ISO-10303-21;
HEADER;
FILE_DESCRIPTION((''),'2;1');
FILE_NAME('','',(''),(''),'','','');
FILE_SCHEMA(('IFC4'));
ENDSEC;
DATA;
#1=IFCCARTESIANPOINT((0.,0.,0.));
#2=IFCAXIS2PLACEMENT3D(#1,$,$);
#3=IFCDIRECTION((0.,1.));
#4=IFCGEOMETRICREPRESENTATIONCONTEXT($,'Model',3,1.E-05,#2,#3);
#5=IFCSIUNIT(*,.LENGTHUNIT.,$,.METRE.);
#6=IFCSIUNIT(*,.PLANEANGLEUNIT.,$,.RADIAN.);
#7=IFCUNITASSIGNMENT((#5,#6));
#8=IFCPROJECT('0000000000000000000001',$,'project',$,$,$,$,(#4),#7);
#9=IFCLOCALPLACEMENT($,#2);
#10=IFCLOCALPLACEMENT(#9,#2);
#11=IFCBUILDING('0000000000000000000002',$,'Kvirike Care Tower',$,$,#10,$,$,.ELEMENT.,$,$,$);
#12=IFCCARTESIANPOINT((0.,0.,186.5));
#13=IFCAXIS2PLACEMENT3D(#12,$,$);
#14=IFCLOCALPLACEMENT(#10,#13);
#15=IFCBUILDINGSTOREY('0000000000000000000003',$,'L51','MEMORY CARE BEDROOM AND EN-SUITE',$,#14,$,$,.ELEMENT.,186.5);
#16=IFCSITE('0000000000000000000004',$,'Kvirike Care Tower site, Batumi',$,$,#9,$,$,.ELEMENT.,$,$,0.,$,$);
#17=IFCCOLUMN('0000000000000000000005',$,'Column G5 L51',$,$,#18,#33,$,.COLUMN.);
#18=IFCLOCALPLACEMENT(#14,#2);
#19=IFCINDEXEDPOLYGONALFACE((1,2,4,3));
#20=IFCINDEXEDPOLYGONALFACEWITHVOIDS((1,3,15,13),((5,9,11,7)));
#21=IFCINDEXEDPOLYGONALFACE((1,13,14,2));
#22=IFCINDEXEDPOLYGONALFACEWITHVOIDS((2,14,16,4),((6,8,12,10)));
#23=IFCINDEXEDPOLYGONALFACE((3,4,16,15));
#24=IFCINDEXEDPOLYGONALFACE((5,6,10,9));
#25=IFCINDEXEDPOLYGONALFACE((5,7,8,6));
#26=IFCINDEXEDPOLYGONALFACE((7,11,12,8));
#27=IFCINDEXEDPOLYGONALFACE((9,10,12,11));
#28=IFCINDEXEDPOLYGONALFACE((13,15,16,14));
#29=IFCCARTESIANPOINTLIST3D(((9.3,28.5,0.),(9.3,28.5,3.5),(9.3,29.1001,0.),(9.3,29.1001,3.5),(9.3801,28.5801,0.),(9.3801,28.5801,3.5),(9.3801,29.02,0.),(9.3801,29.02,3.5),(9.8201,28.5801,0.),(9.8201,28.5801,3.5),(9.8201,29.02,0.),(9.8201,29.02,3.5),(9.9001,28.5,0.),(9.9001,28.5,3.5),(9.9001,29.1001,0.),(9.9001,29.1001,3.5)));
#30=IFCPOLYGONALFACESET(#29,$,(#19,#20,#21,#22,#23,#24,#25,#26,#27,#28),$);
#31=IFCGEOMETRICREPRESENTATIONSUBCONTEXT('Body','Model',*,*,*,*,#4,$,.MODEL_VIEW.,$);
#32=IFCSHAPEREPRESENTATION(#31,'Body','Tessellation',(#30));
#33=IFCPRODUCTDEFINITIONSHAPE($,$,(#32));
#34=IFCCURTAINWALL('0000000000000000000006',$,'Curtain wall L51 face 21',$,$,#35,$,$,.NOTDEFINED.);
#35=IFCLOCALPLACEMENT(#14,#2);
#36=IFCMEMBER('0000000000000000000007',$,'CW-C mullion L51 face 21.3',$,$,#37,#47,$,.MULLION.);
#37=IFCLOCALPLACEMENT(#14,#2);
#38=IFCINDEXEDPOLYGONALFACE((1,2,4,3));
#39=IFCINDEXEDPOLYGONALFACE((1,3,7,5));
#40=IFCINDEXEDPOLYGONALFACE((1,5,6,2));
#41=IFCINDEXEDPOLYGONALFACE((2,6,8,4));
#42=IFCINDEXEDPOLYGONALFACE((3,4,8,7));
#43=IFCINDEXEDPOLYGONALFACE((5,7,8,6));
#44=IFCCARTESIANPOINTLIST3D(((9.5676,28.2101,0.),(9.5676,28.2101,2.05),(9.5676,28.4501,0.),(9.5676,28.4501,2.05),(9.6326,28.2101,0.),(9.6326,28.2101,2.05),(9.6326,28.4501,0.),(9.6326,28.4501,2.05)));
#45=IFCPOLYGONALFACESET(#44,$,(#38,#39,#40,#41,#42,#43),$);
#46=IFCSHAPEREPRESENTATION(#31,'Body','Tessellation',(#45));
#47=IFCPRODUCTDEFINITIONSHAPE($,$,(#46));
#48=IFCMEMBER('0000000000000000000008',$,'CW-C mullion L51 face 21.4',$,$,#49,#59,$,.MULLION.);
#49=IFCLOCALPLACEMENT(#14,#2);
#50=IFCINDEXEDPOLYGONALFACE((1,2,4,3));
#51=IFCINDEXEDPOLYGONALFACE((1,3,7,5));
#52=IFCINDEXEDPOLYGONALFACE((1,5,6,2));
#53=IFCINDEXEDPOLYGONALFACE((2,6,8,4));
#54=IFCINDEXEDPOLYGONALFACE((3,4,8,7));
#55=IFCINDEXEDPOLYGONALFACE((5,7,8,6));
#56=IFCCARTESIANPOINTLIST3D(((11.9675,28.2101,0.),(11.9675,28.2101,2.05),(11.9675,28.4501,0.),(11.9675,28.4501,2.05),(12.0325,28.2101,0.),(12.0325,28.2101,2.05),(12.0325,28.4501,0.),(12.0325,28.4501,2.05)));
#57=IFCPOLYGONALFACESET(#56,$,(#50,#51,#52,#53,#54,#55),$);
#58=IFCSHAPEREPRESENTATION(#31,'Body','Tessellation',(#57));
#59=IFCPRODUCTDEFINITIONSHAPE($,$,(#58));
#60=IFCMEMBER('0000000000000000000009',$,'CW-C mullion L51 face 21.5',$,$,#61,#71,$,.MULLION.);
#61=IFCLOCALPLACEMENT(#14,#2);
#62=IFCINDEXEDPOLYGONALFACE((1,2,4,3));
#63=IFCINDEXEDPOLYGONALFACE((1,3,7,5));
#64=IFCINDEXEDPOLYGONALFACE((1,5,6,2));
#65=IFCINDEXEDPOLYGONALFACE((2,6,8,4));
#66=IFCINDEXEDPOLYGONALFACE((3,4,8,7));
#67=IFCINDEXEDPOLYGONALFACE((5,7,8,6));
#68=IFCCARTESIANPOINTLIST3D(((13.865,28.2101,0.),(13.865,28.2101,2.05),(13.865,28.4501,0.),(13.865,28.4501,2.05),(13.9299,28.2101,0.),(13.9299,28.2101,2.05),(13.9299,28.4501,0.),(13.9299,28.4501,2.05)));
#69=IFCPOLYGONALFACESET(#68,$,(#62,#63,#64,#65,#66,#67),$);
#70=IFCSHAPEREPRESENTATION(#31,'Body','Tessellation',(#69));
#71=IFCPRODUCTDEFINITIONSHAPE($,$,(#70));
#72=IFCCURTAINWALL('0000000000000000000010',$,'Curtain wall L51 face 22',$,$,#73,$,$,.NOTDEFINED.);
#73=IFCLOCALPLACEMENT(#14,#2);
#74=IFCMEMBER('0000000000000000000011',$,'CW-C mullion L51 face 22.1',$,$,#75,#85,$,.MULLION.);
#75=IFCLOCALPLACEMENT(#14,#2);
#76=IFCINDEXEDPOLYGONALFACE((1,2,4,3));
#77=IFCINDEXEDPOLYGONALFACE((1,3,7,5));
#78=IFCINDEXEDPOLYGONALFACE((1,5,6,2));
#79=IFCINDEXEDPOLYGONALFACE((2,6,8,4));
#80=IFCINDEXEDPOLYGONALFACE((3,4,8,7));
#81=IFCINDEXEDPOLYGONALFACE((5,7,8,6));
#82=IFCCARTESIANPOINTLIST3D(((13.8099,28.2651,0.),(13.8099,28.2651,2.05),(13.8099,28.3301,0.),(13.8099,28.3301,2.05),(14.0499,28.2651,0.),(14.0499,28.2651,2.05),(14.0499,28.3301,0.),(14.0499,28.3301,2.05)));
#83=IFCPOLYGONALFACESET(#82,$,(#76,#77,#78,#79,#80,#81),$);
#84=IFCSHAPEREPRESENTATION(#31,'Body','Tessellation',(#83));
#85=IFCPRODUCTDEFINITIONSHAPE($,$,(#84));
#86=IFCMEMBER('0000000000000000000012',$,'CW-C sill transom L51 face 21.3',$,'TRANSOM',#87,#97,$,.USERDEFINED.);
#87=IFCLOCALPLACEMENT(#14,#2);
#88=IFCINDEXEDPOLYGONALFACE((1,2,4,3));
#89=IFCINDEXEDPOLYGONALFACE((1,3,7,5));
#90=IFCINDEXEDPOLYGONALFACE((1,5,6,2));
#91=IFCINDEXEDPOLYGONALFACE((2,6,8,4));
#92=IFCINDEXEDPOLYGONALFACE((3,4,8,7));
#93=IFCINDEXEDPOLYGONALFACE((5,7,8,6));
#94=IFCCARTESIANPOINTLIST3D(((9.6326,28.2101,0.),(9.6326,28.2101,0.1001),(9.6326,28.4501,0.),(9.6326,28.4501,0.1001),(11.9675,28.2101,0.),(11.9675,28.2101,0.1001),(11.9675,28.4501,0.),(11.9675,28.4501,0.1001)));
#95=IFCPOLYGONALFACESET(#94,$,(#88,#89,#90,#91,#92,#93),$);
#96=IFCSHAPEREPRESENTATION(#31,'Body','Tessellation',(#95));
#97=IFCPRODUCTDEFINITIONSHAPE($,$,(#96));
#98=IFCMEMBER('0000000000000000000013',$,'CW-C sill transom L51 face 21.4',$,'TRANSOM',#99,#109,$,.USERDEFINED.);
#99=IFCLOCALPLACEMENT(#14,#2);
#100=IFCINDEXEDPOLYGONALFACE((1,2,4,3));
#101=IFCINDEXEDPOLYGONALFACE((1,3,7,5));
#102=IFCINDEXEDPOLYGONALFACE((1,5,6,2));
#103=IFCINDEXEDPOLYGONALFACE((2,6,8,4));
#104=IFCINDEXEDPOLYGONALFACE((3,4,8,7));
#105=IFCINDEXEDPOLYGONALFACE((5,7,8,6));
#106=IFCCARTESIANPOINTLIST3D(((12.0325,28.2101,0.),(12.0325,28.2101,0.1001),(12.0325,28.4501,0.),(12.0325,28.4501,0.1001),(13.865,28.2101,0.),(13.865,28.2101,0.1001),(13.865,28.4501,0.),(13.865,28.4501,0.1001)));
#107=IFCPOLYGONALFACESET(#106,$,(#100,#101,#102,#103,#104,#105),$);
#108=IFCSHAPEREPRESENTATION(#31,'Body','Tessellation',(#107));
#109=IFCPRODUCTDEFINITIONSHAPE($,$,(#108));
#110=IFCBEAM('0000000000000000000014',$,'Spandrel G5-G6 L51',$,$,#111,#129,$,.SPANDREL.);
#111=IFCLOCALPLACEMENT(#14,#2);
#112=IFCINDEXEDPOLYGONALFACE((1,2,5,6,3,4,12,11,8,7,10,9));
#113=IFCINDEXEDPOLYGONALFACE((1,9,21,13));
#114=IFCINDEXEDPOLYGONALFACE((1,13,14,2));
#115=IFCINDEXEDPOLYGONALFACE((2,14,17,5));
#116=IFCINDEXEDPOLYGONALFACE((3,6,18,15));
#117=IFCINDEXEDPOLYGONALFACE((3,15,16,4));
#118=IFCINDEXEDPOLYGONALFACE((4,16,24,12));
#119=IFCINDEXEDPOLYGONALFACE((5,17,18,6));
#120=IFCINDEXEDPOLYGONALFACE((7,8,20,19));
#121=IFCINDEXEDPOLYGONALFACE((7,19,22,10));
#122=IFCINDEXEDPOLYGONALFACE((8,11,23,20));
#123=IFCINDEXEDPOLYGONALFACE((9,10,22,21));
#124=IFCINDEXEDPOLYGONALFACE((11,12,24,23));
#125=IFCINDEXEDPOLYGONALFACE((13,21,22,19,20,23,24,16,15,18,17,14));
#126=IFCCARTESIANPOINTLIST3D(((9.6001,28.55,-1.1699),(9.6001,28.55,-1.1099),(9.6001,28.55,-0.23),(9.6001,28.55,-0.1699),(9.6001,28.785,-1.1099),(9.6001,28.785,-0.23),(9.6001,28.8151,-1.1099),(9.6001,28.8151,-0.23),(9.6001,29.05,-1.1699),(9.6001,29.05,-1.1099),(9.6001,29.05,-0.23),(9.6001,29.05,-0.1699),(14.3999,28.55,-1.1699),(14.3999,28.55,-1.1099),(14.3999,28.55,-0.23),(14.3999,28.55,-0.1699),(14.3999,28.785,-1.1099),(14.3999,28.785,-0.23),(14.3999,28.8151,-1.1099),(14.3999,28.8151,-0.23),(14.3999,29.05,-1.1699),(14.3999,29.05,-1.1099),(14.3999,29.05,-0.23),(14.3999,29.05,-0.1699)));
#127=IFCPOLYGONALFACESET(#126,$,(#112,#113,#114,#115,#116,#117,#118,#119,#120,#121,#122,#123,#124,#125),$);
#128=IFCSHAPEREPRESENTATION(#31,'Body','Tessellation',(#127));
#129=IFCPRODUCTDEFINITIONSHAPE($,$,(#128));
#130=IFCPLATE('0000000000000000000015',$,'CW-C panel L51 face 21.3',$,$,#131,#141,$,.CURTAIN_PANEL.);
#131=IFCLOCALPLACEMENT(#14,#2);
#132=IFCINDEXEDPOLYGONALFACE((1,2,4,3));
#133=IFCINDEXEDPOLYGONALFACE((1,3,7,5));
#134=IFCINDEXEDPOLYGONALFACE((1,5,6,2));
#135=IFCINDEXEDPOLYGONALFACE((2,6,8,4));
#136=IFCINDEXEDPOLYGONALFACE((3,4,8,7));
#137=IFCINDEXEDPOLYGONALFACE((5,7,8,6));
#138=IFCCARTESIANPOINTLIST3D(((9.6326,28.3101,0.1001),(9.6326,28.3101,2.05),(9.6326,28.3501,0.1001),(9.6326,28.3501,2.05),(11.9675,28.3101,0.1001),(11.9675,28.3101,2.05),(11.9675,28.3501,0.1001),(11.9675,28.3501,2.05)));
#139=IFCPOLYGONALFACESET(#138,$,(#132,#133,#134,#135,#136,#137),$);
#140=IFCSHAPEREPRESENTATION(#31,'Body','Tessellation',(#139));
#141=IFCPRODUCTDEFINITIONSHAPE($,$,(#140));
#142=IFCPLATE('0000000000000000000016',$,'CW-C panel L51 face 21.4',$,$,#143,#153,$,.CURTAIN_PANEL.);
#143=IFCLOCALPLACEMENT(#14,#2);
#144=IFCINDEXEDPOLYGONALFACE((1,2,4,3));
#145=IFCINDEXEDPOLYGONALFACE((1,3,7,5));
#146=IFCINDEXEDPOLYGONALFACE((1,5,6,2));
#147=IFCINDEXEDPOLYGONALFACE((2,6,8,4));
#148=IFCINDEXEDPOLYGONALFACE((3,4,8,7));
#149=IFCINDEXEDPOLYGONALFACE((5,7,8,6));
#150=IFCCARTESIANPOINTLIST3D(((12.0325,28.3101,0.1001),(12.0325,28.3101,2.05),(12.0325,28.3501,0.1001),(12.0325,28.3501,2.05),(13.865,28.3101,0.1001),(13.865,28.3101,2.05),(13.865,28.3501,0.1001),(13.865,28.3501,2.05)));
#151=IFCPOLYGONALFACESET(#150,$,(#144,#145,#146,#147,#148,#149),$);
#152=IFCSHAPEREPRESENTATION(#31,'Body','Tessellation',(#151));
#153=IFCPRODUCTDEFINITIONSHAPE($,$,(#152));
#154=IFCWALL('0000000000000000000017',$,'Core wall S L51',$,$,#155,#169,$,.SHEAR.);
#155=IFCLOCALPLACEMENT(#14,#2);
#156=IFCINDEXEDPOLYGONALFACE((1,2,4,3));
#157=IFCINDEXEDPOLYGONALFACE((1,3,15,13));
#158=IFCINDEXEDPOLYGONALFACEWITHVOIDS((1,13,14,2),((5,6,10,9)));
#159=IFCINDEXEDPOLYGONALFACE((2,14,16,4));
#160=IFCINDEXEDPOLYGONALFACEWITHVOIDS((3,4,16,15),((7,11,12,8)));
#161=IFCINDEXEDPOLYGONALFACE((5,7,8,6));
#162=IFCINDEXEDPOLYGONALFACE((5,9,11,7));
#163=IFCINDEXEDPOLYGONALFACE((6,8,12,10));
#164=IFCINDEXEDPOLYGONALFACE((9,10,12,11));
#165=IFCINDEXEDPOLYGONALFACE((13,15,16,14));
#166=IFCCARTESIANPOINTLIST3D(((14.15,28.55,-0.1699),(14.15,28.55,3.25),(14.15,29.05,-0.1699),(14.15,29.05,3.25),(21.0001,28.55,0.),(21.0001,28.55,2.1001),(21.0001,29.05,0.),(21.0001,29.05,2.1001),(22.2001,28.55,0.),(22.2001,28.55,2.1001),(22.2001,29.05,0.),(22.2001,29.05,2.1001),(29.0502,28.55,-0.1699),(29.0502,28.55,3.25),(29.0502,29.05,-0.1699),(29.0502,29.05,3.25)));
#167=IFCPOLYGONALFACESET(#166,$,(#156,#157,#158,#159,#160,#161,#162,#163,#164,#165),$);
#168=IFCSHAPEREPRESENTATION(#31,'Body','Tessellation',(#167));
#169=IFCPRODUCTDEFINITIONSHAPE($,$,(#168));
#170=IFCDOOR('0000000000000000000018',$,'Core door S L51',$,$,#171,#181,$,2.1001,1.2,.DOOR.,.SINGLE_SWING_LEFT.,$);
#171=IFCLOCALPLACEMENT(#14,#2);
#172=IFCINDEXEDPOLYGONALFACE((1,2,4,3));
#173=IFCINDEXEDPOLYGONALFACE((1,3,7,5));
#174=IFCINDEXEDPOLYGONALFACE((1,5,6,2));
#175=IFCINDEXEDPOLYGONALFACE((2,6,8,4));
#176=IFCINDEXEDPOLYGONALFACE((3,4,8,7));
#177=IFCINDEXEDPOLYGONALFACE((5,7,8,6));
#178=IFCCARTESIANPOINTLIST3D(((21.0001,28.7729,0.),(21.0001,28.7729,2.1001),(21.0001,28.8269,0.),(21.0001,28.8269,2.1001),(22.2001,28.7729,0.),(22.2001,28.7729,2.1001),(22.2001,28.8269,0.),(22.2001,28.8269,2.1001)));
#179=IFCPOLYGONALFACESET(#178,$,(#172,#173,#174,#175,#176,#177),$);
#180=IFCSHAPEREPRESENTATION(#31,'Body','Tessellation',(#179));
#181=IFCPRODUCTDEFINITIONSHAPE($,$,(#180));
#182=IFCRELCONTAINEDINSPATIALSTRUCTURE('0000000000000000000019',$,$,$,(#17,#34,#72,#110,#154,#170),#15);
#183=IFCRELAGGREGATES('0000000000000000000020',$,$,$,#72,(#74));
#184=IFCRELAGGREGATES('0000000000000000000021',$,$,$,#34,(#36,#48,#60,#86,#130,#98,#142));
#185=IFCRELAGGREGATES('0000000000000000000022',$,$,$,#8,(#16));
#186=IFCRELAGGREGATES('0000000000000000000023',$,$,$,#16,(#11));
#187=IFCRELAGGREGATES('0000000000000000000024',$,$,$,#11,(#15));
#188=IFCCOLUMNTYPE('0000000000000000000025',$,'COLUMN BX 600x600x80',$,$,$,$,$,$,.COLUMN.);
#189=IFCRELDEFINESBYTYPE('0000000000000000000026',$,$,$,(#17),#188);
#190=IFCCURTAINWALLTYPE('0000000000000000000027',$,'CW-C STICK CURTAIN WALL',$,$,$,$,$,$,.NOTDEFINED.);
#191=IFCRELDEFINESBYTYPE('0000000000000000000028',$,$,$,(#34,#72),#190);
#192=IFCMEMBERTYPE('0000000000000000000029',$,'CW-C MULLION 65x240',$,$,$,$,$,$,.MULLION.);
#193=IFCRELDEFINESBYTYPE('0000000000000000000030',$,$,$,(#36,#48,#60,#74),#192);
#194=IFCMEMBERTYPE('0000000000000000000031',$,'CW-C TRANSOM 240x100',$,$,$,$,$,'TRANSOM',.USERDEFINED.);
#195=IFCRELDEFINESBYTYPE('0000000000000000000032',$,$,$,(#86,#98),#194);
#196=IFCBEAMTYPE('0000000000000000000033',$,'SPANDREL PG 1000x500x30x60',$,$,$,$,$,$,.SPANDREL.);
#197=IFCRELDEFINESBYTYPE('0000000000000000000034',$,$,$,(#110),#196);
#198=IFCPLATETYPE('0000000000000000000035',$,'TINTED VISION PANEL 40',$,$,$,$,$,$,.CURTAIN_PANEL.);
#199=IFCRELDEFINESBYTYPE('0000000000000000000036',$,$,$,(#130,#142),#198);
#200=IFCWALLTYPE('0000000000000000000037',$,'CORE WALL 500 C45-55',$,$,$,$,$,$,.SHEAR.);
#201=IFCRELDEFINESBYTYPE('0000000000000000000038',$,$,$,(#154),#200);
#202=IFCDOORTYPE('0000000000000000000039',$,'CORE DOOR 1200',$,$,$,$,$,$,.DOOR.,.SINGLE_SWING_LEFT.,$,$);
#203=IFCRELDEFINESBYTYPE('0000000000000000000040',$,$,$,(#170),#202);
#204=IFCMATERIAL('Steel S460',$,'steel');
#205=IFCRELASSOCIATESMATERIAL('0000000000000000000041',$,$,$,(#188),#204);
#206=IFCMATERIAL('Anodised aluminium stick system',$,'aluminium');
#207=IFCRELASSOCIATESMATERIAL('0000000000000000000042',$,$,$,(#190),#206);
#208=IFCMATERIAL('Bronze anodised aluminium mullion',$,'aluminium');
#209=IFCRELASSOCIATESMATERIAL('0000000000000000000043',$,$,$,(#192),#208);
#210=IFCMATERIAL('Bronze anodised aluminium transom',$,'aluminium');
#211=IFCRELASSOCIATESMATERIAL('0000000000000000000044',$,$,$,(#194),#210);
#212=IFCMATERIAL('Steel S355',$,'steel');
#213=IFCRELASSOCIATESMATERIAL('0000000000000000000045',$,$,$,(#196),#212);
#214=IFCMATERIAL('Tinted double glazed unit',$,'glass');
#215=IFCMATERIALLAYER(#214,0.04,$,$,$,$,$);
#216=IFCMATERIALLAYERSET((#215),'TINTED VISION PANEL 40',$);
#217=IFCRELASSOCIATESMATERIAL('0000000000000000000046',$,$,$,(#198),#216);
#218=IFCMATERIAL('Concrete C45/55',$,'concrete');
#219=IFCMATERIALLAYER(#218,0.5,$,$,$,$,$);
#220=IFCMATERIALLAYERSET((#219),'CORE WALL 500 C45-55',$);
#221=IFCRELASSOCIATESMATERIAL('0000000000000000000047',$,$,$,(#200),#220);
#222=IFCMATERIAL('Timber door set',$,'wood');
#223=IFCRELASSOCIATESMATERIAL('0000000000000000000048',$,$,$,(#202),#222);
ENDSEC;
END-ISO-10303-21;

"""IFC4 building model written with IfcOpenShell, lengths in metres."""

from ifc_helpers import new_model, si_unit, direction, frame, frame_2d, origin, origin_2d, place, context, subcontext, project, spatial, rectangle, hollow_rectangle, i_section, extrude, material, layer, layer_set, material_profile, profile_set, type_object, element, fill, aggregate, save


model = new_model("IFC4")

# Units and contexts
model_context = context("Model", 3, precision=1e-05, world=origin(), true_north=direction((0.0, 1.0)))
body_context = subcontext(model_context, "Body", "Model", "MODEL_VIEW")
ifc_project = project(units=[si_unit("LENGTHUNIT", "METRE"), si_unit("PLANEANGLEUNIT", "RADIAN")], contexts=[model_context])

# Site, building, storey
site_placement = place(None, origin())
site = spatial("IfcSite", under=ifc_project, at=site_placement, Name="Kvirike Care Tower site, Batumi", CompositionType="ELEMENT", RefElevation=0.0)
building_placement = place(site_placement, origin())
building = spatial("IfcBuilding", under=site, at=building_placement, Name="Kvirike Care Tower", CompositionType="ELEMENT")
storey_placement = place(building_placement, frame((0.0, 0.0, 186.5)))
storey = spatial("IfcBuildingStorey", under=building, at=storey_placement, Name="L51", Description="MEMORY CARE BEDROOM AND EN-SUITE", CompositionType="ELEMENT", Elevation=186.5)

# Column
ifc_material_1 = material(Name="Steel S460", Category="steel")
ifc_material_profile_1 = material_profile(ifc_material_1, hollow_rectangle(XDim=0.6001, YDim=0.6001, WallThickness=0.0801, at=origin_2d()), Name="BX 600x600x80")
ifc_profile_set_1 = profile_set([ifc_material_profile_1], Name="Steel S460")
column_type = type_object("IfcColumnType", Name="COLUMN BX 600x600x80", PredefinedType="COLUMN", material=ifc_profile_set_1)
column_placement = place(storey_placement, frame((9.6001, 28.8, 0.0), z_axis=(0.0, 0.0, 1.0), x_axis=(0.0, 1.0, 0.0)))
element("IfcColumn", 1, at=column_placement, inside=storey, type_object=column_type, Name="Column G5 L51", PredefinedType="COLUMN", context=body_context, shape_type="SweptSolid", body=[
    extrude(hollow_rectangle(XDim=0.6001, YDim=0.6001, WallThickness=0.0801, at=origin_2d()), origin(), (0.0, 0.0, 1.0), 3.5),
])

# Curtain wall, members
ifc_material_2 = material(Name="Anodised aluminium stick system", Category="aluminium")
curtain_wall_type = type_object("IfcCurtainWallType", Name="CW-C STICK CURTAIN WALL", PredefinedType="NOTDEFINED", material=ifc_material_2)
curtain_wall_1_placement = place(storey_placement, origin())
curtain_wall_1 = element("IfcCurtainWall", 2, at=curtain_wall_1_placement, inside=storey, type_object=curtain_wall_type, Name="Curtain wall L51 face 21", PredefinedType="NOTDEFINED")
ifc_material_3 = material(Name="Bronze anodised aluminium mullion", Category="aluminium")
ifc_material_profile_2 = material_profile(ifc_material_3, rectangle(XDim=0.0649, YDim=0.24, at=origin_2d()), Name="CW-C MULLION 65x240")
ifc_profile_set_2 = profile_set([ifc_material_profile_2], Name="Bronze anodised aluminium mullion")
member_type_1 = type_object("IfcMemberType", Name="CW-C MULLION 65x240", PredefinedType="MULLION", material=ifc_profile_set_2)
member_1_placement = place(storey_placement, frame((9.6001, 28.3301, 0.0), z_axis=(0.0, 0.0, 1.0), x_axis=(1.0, 0.0, 0.0)))
member_1 = element("IfcMember", 3, at=member_1_placement, type_object=member_type_1, Name="CW-C mullion L51 face 21.3", PredefinedType="MULLION", context=body_context, shape_type="SweptSolid", body=[
    extrude(rectangle(XDim=0.0649, YDim=0.24, at=origin_2d()), origin(), (0.0, 0.0, 1.0), 2.05),
])
member_2_placement = place(storey_placement, frame((12.0, 28.3301, 0.0), z_axis=(0.0, 0.0, 1.0), x_axis=(1.0, 0.0, 0.0)))
member_2 = element("IfcMember", 4, at=member_2_placement, type_object=member_type_1, Name="CW-C mullion L51 face 21.4", PredefinedType="MULLION", context=body_context, shape_type="SweptSolid", body=[
    extrude(rectangle(XDim=0.0649, YDim=0.24, at=origin_2d()), origin(), (0.0, 0.0, 1.0), 2.05),
])
member_3_placement = place(storey_placement, frame((13.8975, 28.3301, 0.0), z_axis=(0.0, 0.0, 1.0), x_axis=(1.0, 0.0, 0.0)))
member_3 = element("IfcMember", 5, at=member_3_placement, type_object=member_type_1, Name="CW-C mullion L51 face 21.5", PredefinedType="MULLION", context=body_context, shape_type="SweptSolid", body=[
    extrude(rectangle(XDim=0.0649, YDim=0.24, at=origin_2d()), origin(), (0.0, 0.0, 1.0), 2.05),
])

# Curtain wall, member
curtain_wall_2_placement = place(storey_placement, origin())
curtain_wall_2 = element("IfcCurtainWall", 6, at=curtain_wall_2_placement, inside=storey, type_object=curtain_wall_type, Name="Curtain wall L51 face 22", PredefinedType="NOTDEFINED")
member_4_placement = place(storey_placement, frame((13.9299, 28.2976, 0.0), z_axis=(0.0, 0.0, 1.0), x_axis=(0.0, -1.0, 0.0)))
member_4 = element("IfcMember", 7, at=member_4_placement, type_object=member_type_1, Name="CW-C mullion L51 face 22.1", PredefinedType="MULLION", context=body_context, shape_type="SweptSolid", body=[
    extrude(rectangle(XDim=0.0649, YDim=0.24, at=origin_2d()), origin(), (0.0, 0.0, 1.0), 2.05),
])
aggregate(curtain_wall_2, [member_4])

# Members
ifc_material_4 = material(Name="Bronze anodised aluminium transom", Category="aluminium")
ifc_material_profile_3 = material_profile(ifc_material_4, rectangle(XDim=0.24, YDim=0.1001, at=origin_2d()), Name="CW-C TRANSOM 240x100")
ifc_profile_set_3 = profile_set([ifc_material_profile_3], Name="Bronze anodised aluminium transom")
member_type_2 = type_object("IfcMemberType", Name="CW-C TRANSOM 240x100", ElementType="TRANSOM", PredefinedType="USERDEFINED", material=ifc_profile_set_3)
member_5_placement = place(storey_placement, frame((9.6326, 28.3301, 0.05), z_axis=(1.0, 0.0, 0.0), x_axis=(0.0, 1.0, 0.0)))
member_5 = element("IfcMember", 8, at=member_5_placement, type_object=member_type_2, Name="CW-C sill transom L51 face 21.3", ObjectType="TRANSOM", PredefinedType="USERDEFINED", context=body_context, shape_type="SweptSolid", body=[
    extrude(rectangle(XDim=0.24, YDim=0.1001, at=origin_2d()), origin(), (0.0, 0.0, 1.0), 2.335),
])
member_6_placement = place(storey_placement, frame((12.0325, 28.3301, 0.05), z_axis=(1.0, 0.0, 0.0), x_axis=(0.0, 1.0, 0.0)))
member_6 = element("IfcMember", 9, at=member_6_placement, type_object=member_type_2, Name="CW-C sill transom L51 face 21.4", ObjectType="TRANSOM", PredefinedType="USERDEFINED", context=body_context, shape_type="SweptSolid", body=[
    extrude(rectangle(XDim=0.24, YDim=0.1001, at=origin_2d()), origin(), (0.0, 0.0, 1.0), 1.8325),
])

# Beam
ifc_material_5 = material(Name="Steel S355", Category="steel")
ifc_material_profile_4 = material_profile(ifc_material_5, i_section(OverallWidth=0.5, OverallDepth=1.0, WebThickness=0.03, FlangeThickness=0.0601, at=origin_2d()), Name="PG 1000x500x30x60")
ifc_profile_set_4 = profile_set([ifc_material_profile_4], Name="Steel S355")
beam_type = type_object("IfcBeamType", Name="SPANDREL PG 1000x500x30x60", PredefinedType="SPANDREL", material=ifc_profile_set_4)
beam_placement = place(storey_placement, frame((9.6001, 28.8, -0.6699), z_axis=(1.0, 0.0, 0.0), x_axis=(0.0, 1.0, 0.0)))
element("IfcBeam", 10, at=beam_placement, inside=storey, type_object=beam_type, Name="Spandrel G5-G6 L51", PredefinedType="SPANDREL", context=body_context, shape_type="SweptSolid", body=[
    extrude(i_section(OverallWidth=0.5, OverallDepth=1.0, WebThickness=0.03, FlangeThickness=0.0601, at=origin_2d()), origin(), (0.0, 0.0, 1.0), 4.7998),
])

# Plates
ifc_material_6 = material(Name="Tinted double glazed unit", Category="glass")
ifc_layer_1 = layer(ifc_material_6, 0.04)
ifc_layer_set_1 = layer_set([ifc_layer_1], Name="TINTED VISION PANEL 40")
plate_type = type_object("IfcPlateType", Name="TINTED VISION PANEL 40", PredefinedType="CURTAIN_PANEL", material=ifc_layer_set_1)
plate_1_placement = place(storey_placement, frame((10.8, 28.3301, 0.1001), z_axis=(0.0, 0.0, 1.0), x_axis=(1.0, 0.0, 0.0)))
plate_1 = element("IfcPlate", 11, at=plate_1_placement, type_object=plate_type, Name="CW-C panel L51 face 21.3", PredefinedType="CURTAIN_PANEL", context=body_context, shape_type="SweptSolid", body=[
    extrude(rectangle(XDim=2.335, YDim=0.04, at=origin_2d()), origin(), (0.0, 0.0, 1.0), 1.95),
])
plate_2_placement = place(storey_placement, frame((12.9487, 28.3301, 0.1001), z_axis=(0.0, 0.0, 1.0), x_axis=(1.0, 0.0, 0.0)))
plate_2 = element("IfcPlate", 12, at=plate_2_placement, type_object=plate_type, Name="CW-C panel L51 face 21.4", PredefinedType="CURTAIN_PANEL", context=body_context, shape_type="SweptSolid", body=[
    extrude(rectangle(XDim=1.8325, YDim=0.04, at=origin_2d()), origin(), (0.0, 0.0, 1.0), 1.95),
])
aggregate(curtain_wall_1, [member_1, member_2, member_3, member_5, plate_1, member_6, plate_2])

# Wall, opening, door
ifc_material_7 = material(Name="Concrete C45/55", Category="concrete")
ifc_layer_2 = layer(ifc_material_7, 0.5)
ifc_layer_set_2 = layer_set([ifc_layer_2], Name="CORE WALL 500 C45-55")
wall_type_1 = type_object("IfcWallType", Name="CORE WALL 500 C45-55", PredefinedType="SHEAR", material=ifc_layer_set_2)
wall_1_placement = place(storey_placement, frame((14.1499, 28.8, -0.1699), z_axis=(0.0, 0.0, 1.0), x_axis=(1.0, 0.0, 0.0)))
wall_1 = element("IfcWall", 13, at=wall_1_placement, inside=storey, type_object=wall_type_1, Name="Core wall S L51", PredefinedType="SHEAR", context=body_context, shape_type="SweptSolid", body=[
    extrude(rectangle(XDim=14.9001, YDim=0.5, at=frame_2d((7.4502, 0.0))), origin(), (0.0, 0.0, 1.0), 3.4199),
])
opening_placement = place(wall_1_placement, frame((6.8501, 0.0, 0.1699)))
opening = element("IfcOpeningElement", 14, at=opening_placement, cuts=wall_1, PredefinedType="OPENING", context=body_context, shape_type="SweptSolid", body=[
    extrude(rectangle(XDim=1.2, YDim=2.1001, at=frame_2d((0.6001, 1.05))), frame((0.0, 0.2605, 0.0), z_axis=(0.0, -1.0, 0.0), x_axis=(1.0, 0.0, 0.0)), (0.0, 0.0, 1.0), 0.521),
])
ifc_material_8 = material(Name="Timber door set", Category="wood")
door_type = type_object("IfcDoorType", Name="CORE DOOR 1200", OperationType="SINGLE_SWING_LEFT", PredefinedType="DOOR", material=ifc_material_8)
door_placement = place(opening_placement, origin())
door = element("IfcDoor", 15, at=door_placement, inside=storey, type_object=door_type, Name="Core door S L51", OperationType="SINGLE_SWING_LEFT", OverallHeight=2.1001, OverallWidth=1.2, PredefinedType="DOOR", context=body_context, shape_type="SweptSolid", body=[
    extrude(rectangle(XDim=1.2, YDim=2.1001, at=frame_2d((0.6001, 1.05))), frame((0.0, 0.0269, 0.0), z_axis=(0.0, -1.0, 0.0), x_axis=(1.0, 0.0, 0.0)), (0.0, 0.0, 1.0), 0.054),
])
fill(opening, door)

save(model, "model.ifc")
